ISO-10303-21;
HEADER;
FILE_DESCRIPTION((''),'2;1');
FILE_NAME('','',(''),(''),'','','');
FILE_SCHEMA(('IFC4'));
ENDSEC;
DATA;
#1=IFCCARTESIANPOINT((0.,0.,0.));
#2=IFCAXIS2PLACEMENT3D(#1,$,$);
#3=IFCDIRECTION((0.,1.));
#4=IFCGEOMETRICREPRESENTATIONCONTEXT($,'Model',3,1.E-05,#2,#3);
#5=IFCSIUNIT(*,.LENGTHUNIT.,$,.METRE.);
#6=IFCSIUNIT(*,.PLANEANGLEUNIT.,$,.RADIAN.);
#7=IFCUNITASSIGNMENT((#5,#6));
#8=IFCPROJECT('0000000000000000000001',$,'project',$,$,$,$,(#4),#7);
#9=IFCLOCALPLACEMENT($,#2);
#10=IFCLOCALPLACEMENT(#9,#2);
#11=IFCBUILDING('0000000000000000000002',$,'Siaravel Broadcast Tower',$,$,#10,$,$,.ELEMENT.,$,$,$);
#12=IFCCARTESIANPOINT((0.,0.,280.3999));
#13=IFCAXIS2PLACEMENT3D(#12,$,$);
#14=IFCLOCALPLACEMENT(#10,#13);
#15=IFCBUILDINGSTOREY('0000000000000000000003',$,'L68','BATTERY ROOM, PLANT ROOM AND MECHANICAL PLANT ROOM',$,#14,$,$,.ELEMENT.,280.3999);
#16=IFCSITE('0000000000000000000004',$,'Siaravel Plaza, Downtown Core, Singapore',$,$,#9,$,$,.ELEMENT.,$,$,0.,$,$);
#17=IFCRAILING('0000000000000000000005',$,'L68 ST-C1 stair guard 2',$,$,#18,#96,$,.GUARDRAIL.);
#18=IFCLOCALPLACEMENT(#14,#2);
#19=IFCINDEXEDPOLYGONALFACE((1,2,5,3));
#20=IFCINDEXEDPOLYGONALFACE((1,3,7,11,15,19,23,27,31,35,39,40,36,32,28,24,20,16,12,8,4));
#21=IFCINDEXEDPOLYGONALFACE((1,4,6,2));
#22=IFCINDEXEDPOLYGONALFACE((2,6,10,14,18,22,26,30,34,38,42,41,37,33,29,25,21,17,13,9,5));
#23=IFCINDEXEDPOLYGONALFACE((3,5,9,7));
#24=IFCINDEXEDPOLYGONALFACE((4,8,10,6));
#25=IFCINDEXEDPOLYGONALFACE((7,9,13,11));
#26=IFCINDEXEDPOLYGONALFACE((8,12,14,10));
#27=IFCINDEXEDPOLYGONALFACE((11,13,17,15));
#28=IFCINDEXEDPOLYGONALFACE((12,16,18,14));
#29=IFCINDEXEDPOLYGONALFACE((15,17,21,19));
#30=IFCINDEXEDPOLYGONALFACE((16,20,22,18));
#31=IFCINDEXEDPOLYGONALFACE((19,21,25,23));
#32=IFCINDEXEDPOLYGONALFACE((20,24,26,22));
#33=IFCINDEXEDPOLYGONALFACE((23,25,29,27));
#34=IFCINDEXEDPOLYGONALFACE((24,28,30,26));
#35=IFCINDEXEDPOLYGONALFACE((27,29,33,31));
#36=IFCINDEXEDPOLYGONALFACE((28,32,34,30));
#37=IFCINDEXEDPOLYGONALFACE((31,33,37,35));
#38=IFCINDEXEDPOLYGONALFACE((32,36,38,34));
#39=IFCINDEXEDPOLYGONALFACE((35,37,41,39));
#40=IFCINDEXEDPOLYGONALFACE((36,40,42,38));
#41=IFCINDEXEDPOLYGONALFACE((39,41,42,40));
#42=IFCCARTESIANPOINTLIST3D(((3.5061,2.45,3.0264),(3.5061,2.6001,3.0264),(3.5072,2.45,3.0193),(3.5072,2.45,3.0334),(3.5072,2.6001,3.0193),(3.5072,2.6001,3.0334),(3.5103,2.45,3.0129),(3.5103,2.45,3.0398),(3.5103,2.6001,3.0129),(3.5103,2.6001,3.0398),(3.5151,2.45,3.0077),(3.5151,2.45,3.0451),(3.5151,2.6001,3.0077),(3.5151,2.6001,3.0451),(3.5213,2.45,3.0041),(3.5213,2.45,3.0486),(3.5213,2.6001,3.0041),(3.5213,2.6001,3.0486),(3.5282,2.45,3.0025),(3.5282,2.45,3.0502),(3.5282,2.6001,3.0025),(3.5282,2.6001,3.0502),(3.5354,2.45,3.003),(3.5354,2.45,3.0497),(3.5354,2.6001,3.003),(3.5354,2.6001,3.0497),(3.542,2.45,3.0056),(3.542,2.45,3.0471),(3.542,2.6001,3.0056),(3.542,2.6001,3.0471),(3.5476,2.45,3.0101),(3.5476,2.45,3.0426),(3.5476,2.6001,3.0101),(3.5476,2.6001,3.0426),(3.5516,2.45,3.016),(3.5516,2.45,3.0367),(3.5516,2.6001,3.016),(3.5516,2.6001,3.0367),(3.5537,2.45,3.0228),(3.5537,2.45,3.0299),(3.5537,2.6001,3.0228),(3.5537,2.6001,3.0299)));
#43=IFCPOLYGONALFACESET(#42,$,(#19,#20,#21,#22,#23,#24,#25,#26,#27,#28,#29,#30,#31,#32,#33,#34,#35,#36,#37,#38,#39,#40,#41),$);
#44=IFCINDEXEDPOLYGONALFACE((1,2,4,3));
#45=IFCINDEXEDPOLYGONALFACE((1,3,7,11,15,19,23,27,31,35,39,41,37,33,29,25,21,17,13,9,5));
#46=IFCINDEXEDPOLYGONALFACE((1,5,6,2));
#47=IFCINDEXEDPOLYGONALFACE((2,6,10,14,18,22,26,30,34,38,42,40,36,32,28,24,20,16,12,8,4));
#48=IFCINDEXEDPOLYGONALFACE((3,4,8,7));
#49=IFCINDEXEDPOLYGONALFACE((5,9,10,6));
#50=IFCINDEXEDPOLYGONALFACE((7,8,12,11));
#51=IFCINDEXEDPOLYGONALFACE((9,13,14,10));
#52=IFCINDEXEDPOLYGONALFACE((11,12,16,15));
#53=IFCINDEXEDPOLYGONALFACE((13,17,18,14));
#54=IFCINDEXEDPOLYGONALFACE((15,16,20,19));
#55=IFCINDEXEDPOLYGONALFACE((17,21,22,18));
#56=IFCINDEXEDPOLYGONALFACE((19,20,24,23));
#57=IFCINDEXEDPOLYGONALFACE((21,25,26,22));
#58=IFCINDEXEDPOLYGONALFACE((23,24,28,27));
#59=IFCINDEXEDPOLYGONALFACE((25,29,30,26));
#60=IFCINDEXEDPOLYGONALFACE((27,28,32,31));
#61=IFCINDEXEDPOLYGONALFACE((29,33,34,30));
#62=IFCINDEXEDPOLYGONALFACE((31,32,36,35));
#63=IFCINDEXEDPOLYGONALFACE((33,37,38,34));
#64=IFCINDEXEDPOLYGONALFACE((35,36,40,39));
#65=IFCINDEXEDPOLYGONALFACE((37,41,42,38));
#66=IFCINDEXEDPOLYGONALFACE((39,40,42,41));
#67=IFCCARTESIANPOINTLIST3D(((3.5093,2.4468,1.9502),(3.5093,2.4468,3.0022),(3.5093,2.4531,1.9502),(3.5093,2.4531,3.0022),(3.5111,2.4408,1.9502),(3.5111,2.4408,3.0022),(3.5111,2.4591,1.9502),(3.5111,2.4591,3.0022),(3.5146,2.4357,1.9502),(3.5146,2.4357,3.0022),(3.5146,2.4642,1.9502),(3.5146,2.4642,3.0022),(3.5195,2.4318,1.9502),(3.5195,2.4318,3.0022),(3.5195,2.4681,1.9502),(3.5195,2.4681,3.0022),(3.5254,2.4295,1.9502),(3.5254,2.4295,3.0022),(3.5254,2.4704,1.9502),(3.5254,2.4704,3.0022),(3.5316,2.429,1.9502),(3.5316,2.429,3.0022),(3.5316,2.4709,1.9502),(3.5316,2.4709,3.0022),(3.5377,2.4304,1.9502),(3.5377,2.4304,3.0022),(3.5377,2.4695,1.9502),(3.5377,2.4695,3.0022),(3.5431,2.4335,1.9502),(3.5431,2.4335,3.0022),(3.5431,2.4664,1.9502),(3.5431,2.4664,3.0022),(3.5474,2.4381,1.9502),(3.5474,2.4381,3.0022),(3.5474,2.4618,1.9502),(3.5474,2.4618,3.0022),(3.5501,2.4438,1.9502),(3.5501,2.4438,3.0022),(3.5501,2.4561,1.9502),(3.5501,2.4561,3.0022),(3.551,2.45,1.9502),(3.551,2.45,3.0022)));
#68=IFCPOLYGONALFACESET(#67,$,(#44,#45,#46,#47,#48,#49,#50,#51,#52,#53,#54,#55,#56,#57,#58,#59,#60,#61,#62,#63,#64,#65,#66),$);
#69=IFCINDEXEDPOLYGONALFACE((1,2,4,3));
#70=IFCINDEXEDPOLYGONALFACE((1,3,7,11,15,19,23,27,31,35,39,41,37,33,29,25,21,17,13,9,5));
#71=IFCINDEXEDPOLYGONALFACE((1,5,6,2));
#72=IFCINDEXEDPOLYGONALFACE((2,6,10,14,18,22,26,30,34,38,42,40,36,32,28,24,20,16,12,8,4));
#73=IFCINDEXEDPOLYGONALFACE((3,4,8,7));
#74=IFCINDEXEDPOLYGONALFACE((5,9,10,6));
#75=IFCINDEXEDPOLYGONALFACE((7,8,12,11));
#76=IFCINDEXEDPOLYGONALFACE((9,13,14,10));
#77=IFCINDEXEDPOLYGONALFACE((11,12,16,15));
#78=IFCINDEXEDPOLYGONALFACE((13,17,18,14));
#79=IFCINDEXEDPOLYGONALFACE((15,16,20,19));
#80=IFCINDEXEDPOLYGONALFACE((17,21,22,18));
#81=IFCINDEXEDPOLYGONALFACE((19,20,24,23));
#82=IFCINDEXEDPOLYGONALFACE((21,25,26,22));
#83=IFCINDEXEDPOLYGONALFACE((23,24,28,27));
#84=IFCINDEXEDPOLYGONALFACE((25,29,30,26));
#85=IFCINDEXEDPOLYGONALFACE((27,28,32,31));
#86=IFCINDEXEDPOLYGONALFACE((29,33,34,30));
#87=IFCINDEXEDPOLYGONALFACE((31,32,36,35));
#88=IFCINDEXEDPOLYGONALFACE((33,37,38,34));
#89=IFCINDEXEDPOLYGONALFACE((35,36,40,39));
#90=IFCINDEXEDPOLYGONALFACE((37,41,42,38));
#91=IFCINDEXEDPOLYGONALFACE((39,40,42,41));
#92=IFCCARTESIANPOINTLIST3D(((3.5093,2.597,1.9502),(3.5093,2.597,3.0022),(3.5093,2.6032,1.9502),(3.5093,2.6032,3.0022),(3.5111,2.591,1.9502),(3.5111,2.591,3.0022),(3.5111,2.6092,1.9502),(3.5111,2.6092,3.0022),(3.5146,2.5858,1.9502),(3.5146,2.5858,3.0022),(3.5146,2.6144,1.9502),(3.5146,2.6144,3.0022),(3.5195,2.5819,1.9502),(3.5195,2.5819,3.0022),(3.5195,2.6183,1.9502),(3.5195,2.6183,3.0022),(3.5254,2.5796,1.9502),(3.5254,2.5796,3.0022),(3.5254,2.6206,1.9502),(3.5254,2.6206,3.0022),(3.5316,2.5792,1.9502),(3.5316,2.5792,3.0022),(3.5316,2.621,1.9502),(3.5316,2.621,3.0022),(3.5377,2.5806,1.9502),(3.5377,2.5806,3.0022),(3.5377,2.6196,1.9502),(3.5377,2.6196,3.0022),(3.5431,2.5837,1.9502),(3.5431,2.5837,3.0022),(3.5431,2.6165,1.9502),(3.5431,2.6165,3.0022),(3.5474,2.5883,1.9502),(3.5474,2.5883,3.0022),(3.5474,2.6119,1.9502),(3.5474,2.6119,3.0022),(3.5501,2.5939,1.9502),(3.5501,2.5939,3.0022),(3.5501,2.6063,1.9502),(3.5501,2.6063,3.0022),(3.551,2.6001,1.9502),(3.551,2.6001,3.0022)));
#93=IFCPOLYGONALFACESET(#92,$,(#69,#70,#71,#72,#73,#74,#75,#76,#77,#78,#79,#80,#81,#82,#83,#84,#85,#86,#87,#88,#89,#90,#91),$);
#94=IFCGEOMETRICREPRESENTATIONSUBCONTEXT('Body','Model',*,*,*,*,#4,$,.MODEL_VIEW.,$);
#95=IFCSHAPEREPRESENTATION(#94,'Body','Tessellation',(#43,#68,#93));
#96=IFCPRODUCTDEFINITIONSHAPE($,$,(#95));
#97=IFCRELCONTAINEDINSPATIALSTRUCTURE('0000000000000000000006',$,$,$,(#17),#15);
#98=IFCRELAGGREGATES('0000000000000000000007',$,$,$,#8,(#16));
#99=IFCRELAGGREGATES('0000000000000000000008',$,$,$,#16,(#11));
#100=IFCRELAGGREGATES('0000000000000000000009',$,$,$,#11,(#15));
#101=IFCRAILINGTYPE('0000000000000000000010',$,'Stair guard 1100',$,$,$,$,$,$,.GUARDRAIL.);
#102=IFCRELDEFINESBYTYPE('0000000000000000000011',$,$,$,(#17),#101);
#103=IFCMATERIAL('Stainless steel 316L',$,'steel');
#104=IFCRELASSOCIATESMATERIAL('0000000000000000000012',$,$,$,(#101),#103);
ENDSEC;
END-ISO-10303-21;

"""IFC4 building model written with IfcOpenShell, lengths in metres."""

from ifc_helpers import new_model, si_unit, direction, frame, origin, origin_2d, place, context, subcontext, project, spatial, circle, extrude, material, type_object, element, save


model = new_model("IFC4")

# Units and contexts
model_context = context("Model", 3, precision=1e-05, world=origin(), true_north=direction((0.0, 1.0)))
body_context = subcontext(model_context, "Body", "Model", "MODEL_VIEW")
ifc_project = project(units=[si_unit("LENGTHUNIT", "METRE"), si_unit("PLANEANGLEUNIT", "RADIAN")], contexts=[model_context])

# Site, building, storey
site_placement = place(None, origin())
site = spatial("IfcSite", under=ifc_project, at=site_placement, Name="Siaravel Plaza, Downtown Core, Singapore", CompositionType="ELEMENT", RefElevation=0.0)
building_placement = place(site_placement, origin())
building = spatial("IfcBuilding", under=site, at=building_placement, Name="Siaravel Broadcast Tower", CompositionType="ELEMENT")
storey_placement = place(building_placement, frame((0.0, 0.0, 280.3999)))
storey = spatial("IfcBuildingStorey", under=building, at=storey_placement, Name="L68", Description="BATTERY ROOM, PLANT ROOM AND MECHANICAL PLANT ROOM", CompositionType="ELEMENT", Elevation=280.3999)

# Railing
ifc_material_1 = material(Name="Stainless steel 316L", Category="steel")
railing_type_1 = type_object("IfcRailingType", Name="Stair guard 1100", PredefinedType="GUARDRAIL", material=ifc_material_1)
railing_1_placement = place(storey_placement, frame((3.53, 2.45, 1.9502)))
element("IfcRailing", 1, at=railing_1_placement, inside=storey, type_object=railing_type_1, Name="L68 ST-C1 stair guard 2", PredefinedType="GUARDRAIL", context=body_context, shape_type="SweptSolid", body=[
    extrude(circle(Radius=0.0239, at=origin_2d()), frame((0.0, 0.0, 1.0762), z_axis=(0.0, 1.0, 0.0), x_axis=(-1.0, 0.0, 0.0)), (0.0, 0.0, 1.0), 0.1501),
    extrude(circle(Radius=0.021, at=origin_2d()), origin(), (0.0, 0.0, 1.0), 1.052),
    extrude(circle(Radius=0.021, at=origin_2d()), frame((0.0, 0.1501, 0.0)), (0.0, 0.0, 1.0), 1.052),
])

save(model, "model.ifc")
